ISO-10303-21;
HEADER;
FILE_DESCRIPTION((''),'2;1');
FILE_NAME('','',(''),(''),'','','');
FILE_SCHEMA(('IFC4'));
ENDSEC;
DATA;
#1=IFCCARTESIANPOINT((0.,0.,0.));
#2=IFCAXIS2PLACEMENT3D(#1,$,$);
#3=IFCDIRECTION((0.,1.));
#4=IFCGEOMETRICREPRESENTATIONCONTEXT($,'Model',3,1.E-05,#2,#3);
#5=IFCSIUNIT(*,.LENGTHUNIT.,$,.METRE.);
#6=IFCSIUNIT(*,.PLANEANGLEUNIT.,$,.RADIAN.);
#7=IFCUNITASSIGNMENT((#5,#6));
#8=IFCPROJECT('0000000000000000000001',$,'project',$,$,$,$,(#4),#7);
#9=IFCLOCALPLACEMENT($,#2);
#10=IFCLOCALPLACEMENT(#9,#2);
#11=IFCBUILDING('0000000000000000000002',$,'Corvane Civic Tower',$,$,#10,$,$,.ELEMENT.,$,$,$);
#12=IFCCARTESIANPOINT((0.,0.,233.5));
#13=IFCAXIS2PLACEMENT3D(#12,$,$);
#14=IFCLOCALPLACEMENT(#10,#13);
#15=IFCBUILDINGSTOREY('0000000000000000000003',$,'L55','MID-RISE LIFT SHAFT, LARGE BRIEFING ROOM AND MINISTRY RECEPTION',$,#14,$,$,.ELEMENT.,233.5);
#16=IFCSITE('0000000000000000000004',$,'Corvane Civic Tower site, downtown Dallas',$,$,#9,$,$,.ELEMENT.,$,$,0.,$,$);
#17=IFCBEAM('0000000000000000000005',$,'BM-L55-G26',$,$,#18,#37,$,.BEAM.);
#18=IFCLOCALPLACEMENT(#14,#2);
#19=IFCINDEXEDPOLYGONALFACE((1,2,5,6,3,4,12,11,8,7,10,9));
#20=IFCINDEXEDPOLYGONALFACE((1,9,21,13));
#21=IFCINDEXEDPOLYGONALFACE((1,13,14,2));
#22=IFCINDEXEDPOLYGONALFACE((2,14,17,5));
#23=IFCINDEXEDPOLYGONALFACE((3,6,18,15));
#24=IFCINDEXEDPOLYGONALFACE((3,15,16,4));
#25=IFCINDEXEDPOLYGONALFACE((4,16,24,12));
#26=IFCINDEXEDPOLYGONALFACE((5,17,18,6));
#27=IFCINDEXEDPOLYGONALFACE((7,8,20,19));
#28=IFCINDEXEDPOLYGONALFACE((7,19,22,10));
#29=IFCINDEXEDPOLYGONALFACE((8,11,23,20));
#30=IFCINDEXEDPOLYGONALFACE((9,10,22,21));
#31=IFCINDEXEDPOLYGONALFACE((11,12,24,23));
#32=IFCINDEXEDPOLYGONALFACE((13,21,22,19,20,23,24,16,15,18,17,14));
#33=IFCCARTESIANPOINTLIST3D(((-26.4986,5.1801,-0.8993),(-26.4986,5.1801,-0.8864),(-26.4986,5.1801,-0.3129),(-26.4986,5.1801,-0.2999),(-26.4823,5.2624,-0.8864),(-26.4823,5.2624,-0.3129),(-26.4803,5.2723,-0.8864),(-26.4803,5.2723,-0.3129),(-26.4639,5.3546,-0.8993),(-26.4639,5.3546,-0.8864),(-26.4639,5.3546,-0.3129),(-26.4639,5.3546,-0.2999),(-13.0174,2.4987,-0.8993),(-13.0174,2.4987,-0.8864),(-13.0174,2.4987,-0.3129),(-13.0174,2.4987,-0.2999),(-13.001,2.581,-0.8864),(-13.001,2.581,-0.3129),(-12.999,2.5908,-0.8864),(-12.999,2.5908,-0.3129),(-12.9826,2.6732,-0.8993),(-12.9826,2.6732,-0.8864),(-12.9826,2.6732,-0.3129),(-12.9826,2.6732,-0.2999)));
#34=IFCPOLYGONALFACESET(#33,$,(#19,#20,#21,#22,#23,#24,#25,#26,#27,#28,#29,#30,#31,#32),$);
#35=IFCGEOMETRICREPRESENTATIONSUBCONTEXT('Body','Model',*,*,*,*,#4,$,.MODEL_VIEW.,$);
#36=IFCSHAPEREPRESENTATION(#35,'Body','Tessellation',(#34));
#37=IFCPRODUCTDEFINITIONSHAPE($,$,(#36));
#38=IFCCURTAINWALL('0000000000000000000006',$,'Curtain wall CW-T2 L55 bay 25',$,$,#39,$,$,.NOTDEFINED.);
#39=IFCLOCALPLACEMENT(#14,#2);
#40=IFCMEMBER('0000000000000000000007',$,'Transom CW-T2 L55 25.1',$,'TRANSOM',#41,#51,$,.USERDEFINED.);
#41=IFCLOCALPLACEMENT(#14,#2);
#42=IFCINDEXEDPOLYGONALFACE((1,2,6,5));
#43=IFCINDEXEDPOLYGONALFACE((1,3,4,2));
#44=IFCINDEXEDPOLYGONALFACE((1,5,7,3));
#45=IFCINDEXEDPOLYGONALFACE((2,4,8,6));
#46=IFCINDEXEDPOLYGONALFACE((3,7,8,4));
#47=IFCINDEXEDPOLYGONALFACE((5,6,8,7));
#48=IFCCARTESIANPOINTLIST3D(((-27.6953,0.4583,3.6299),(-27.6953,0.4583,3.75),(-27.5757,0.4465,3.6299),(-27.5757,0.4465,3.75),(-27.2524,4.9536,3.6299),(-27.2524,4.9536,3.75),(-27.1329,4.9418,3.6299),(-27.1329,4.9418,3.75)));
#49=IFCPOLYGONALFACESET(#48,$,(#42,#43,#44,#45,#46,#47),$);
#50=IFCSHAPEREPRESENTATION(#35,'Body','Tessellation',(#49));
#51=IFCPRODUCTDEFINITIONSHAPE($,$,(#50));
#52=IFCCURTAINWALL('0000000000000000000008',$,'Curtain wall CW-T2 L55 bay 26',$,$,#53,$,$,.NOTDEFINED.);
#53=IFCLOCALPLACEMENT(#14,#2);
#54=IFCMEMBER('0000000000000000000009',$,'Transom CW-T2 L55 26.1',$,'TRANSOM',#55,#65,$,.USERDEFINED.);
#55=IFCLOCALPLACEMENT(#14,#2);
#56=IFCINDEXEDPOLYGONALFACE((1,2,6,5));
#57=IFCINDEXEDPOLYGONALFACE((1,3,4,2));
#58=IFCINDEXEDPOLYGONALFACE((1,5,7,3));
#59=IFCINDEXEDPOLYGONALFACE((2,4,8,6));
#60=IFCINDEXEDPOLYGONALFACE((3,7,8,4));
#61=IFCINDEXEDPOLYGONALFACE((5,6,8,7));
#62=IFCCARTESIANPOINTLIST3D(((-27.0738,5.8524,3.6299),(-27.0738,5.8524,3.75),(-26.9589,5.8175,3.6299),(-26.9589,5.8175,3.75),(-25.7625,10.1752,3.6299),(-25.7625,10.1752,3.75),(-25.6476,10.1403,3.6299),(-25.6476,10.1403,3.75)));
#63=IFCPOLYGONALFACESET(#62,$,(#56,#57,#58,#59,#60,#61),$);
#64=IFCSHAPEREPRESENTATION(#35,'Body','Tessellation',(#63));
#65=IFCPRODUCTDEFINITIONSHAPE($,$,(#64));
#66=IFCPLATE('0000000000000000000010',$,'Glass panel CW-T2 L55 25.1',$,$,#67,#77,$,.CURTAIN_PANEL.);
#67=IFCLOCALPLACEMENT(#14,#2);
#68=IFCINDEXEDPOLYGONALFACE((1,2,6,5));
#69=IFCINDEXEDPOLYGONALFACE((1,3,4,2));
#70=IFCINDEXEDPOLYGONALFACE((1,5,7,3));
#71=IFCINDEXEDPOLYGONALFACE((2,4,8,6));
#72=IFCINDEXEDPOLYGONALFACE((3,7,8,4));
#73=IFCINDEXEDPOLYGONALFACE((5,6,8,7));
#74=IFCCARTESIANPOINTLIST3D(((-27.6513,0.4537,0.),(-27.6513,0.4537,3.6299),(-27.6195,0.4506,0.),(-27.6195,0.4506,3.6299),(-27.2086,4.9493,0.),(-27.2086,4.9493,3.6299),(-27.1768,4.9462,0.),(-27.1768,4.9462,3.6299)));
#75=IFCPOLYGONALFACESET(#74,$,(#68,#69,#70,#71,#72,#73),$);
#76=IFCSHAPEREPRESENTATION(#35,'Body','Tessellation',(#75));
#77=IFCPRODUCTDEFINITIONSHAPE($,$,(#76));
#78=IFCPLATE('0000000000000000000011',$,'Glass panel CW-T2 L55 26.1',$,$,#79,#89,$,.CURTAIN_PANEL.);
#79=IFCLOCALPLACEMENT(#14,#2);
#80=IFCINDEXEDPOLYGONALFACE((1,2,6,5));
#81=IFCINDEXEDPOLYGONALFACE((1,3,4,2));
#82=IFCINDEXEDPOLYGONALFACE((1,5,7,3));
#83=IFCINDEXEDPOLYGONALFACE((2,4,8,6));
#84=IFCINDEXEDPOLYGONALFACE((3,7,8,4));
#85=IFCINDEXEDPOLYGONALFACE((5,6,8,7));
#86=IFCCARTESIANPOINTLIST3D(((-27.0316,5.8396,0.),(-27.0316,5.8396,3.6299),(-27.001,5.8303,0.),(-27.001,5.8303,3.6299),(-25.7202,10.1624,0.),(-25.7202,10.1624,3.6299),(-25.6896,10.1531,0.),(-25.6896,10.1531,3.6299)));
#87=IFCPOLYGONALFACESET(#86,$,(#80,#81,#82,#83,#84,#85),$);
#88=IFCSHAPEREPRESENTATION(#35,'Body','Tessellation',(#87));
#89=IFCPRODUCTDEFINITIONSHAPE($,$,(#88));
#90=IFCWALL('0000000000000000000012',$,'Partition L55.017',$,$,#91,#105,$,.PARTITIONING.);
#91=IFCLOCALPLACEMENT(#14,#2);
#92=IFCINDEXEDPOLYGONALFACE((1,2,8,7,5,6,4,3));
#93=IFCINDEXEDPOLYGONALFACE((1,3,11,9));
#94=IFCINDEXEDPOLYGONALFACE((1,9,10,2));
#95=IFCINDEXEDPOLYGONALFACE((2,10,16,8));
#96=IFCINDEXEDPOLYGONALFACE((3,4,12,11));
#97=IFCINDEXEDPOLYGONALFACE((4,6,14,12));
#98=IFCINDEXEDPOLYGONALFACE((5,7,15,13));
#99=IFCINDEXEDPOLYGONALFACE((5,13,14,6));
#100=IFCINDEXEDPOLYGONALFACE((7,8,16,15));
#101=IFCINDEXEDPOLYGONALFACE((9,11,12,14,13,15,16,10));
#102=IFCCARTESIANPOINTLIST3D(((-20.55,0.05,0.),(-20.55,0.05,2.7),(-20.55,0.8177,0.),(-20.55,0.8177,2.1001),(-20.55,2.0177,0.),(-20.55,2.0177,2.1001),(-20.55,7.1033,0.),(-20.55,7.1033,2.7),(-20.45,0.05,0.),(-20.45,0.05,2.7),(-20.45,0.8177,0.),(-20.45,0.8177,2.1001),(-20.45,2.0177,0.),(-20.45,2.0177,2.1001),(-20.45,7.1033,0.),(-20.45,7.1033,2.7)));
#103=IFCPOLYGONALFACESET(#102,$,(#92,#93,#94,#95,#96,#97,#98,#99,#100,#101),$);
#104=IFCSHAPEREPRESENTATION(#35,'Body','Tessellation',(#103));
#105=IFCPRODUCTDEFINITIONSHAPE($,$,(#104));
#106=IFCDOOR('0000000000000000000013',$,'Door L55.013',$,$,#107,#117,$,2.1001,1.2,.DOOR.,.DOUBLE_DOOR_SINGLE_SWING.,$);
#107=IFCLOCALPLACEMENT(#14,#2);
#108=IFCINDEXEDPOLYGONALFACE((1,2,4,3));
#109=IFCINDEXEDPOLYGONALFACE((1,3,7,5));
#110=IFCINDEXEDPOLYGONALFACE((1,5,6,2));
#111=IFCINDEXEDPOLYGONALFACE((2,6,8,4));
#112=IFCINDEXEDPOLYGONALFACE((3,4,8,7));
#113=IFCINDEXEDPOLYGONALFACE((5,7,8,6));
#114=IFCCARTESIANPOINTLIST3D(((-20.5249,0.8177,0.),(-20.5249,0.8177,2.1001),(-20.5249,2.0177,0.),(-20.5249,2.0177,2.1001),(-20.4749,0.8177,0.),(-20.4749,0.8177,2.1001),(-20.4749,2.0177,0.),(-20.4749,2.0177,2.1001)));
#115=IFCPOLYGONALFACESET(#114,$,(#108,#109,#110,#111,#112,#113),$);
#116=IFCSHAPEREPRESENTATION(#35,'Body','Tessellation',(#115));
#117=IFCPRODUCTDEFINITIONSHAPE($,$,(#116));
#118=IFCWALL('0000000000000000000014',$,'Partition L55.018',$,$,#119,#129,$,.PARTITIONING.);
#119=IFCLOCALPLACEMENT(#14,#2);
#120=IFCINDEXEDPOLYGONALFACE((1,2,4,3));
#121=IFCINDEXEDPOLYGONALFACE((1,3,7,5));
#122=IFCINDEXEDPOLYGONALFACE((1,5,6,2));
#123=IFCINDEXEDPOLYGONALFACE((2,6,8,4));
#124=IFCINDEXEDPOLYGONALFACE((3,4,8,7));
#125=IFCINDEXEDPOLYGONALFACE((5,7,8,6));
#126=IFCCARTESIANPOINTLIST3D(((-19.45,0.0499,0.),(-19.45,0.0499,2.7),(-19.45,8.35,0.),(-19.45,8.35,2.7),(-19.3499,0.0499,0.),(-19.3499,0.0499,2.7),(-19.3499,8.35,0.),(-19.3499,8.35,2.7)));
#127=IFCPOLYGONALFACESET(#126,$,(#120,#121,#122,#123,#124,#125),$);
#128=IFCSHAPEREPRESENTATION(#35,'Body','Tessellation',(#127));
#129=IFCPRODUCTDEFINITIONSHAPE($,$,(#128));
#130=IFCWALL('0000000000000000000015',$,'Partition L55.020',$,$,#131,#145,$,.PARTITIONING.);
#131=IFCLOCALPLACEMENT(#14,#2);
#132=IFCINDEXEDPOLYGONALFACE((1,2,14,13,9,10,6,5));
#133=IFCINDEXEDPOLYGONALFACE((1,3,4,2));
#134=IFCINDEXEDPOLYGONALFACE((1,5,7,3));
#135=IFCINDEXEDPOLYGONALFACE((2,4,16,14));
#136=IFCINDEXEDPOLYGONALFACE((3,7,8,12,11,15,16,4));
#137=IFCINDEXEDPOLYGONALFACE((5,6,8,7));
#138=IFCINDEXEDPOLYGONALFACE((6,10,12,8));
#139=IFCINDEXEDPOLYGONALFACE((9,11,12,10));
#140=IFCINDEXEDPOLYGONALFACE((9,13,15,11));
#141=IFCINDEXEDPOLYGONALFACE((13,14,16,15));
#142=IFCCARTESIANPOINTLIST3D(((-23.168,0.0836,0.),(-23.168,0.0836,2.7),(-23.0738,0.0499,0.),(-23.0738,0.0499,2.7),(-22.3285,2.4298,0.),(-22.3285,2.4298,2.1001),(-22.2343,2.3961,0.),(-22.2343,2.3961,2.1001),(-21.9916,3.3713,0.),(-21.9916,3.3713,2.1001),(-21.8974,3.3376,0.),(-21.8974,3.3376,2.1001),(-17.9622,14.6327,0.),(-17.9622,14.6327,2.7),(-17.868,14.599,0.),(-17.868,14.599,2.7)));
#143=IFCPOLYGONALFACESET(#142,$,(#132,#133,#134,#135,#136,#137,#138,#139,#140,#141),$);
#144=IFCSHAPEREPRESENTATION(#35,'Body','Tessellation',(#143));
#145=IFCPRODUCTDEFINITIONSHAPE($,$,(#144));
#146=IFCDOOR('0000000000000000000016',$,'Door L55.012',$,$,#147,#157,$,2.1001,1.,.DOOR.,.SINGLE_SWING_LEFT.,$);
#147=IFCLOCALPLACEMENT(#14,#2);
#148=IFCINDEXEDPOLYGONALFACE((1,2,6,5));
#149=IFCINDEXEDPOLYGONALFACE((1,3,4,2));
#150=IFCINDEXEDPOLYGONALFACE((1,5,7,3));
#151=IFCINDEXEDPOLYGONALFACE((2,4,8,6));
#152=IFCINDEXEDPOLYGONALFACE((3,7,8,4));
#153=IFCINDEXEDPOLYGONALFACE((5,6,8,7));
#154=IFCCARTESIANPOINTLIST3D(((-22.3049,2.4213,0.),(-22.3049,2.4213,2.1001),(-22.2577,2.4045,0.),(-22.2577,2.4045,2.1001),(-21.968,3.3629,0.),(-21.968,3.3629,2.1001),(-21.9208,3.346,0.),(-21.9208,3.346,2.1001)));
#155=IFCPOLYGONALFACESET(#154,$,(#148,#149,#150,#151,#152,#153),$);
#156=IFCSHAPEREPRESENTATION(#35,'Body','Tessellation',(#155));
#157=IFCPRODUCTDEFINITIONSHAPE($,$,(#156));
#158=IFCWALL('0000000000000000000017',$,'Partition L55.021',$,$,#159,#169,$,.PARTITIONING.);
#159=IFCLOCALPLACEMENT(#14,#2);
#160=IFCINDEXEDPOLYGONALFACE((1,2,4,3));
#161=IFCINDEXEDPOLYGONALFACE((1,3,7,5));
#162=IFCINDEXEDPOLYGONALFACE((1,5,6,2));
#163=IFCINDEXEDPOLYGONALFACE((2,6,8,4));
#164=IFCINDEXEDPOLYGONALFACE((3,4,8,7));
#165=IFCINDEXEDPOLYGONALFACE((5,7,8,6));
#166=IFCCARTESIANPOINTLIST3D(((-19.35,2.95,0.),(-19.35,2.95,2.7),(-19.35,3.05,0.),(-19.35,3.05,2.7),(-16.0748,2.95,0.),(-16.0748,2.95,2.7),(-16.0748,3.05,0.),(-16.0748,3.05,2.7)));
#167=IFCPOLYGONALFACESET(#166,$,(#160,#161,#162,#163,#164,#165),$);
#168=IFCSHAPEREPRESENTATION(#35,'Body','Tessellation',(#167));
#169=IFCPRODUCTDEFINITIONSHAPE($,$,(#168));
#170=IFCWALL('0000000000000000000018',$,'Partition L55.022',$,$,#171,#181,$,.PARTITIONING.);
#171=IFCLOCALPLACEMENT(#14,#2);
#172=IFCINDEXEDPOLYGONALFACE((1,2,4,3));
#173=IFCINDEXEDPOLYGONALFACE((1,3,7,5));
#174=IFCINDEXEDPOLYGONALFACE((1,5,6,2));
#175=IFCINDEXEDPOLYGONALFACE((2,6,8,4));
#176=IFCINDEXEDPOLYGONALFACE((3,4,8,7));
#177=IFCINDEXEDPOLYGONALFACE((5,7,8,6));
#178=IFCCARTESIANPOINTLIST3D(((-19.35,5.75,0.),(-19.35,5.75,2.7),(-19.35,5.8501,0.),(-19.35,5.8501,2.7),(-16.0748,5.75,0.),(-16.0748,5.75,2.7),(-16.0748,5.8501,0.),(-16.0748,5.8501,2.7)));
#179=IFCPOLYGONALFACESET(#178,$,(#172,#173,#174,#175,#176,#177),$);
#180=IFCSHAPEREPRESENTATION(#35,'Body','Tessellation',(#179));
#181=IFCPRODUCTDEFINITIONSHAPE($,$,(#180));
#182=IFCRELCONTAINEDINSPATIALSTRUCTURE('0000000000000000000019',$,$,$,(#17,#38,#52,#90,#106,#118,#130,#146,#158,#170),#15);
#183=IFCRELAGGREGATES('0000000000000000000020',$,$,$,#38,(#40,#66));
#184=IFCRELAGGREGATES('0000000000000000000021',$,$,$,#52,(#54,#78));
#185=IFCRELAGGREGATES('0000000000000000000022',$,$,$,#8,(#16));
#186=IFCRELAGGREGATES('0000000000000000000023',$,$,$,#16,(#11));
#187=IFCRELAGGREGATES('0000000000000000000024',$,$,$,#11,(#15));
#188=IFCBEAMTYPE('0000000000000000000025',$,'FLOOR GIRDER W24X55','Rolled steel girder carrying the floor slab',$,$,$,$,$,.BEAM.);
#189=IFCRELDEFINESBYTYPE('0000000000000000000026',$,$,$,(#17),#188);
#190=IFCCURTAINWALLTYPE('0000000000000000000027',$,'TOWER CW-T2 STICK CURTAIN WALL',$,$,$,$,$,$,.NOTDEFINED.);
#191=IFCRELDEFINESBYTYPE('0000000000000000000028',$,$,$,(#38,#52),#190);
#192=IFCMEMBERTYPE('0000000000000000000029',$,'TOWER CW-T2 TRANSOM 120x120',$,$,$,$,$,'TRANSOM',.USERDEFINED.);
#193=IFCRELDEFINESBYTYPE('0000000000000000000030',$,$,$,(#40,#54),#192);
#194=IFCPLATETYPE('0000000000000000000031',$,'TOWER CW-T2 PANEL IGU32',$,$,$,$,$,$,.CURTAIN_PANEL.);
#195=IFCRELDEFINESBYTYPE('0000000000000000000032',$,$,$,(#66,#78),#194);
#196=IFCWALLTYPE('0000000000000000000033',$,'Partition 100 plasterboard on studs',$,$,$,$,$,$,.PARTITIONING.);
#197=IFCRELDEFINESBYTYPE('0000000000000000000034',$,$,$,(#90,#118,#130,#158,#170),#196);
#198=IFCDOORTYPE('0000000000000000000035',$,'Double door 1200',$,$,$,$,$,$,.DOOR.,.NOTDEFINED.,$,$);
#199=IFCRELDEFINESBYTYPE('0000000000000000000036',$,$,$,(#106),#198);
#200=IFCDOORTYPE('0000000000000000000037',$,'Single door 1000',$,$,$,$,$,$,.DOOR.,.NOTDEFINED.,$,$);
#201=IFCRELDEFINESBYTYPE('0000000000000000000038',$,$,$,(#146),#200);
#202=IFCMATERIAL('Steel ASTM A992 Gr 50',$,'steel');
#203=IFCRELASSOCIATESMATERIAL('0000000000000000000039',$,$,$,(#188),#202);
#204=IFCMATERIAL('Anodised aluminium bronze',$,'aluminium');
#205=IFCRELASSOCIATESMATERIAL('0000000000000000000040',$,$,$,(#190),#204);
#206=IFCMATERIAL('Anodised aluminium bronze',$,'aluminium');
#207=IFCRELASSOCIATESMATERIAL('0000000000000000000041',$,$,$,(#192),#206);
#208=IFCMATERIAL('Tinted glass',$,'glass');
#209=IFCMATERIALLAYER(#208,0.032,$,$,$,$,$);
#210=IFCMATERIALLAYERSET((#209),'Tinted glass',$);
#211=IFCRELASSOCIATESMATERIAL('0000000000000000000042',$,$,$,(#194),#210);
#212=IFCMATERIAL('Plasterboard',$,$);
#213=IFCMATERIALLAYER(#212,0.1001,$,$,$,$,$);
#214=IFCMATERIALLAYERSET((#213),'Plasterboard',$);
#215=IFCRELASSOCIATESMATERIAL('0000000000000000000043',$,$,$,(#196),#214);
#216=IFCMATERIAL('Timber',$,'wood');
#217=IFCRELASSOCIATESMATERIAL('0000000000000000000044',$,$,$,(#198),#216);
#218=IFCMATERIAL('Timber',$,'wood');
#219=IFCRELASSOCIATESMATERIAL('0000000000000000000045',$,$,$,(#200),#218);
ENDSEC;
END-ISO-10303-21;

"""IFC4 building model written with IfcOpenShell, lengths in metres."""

from ifc_helpers import new_model, si_unit, direction, frame, frame_2d, origin, origin_2d, place, context, subcontext, project, spatial, rectangle, i_section, extrude, material, layer, layer_set, material_profile, profile_set, type_object, element, fill, aggregate, save


model = new_model("IFC4")

# Units and contexts
model_context = context("Model", 3, precision=1e-05, world=origin(), true_north=direction((0.0, 1.0)))
body_context = subcontext(model_context, "Body", "Model", "MODEL_VIEW")
ifc_project = project(units=[si_unit("LENGTHUNIT", "METRE"), si_unit("PLANEANGLEUNIT", "RADIAN")], contexts=[model_context])

# Site, building, storey
site_placement = place(None, origin())
site = spatial("IfcSite", under=ifc_project, at=site_placement, Name="Corvane Civic Tower site, downtown Dallas", CompositionType="ELEMENT", RefElevation=0.0)
building_placement = place(site_placement, origin())
building = spatial("IfcBuilding", under=site, at=building_placement, Name="Corvane Civic Tower", CompositionType="ELEMENT")
storey_placement = place(building_placement, frame((0.0, 0.0, 233.5)))
storey = spatial("IfcBuildingStorey", under=building, at=storey_placement, Name="L55", Description="MID-RISE LIFT SHAFT, LARGE BRIEFING ROOM AND MINISTRY RECEPTION", CompositionType="ELEMENT", Elevation=233.5)

# Beam
ifc_material_1 = material(Name="Steel ASTM A992 Gr 50", Category="steel")
ifc_material_profile_1 = material_profile(ifc_material_1, i_section(OverallWidth=0.178, OverallDepth=0.5994, WebThickness=0.01, FlangeThickness=0.0129, at=origin_2d()), Name="W24X55")
ifc_profile_set_1 = profile_set([ifc_material_profile_1], Name="Steel ASTM A992 Gr 50")
beam_type_1 = type_object("IfcBeamType", Name="FLOOR GIRDER W24X55", Description="Rolled steel girder carrying the floor slab", PredefinedType="BEAM", material=ifc_profile_set_1)
beam_1_placement = place(storey_placement, frame((-13.0, 2.5859, -0.5996), z_axis=(-0.980788, 0.195078, 0.0), x_axis=(-0.195078, -0.980788, 0.0)))
element("IfcBeam", 1, at=beam_1_placement, inside=storey, type_object=beam_type_1, Name="BM-L55-G26", PredefinedType="BEAM", context=body_context, shape_type="SweptSolid", body=[
    extrude(i_section(OverallWidth=0.178, OverallDepth=0.5994, WebThickness=0.01, FlangeThickness=0.0129, at=origin_2d()), origin(), (0.0, 0.0, 1.0), 13.7454),
])

# Curtain walls, members
ifc_material_2 = material(Name="Anodised aluminium bronze", Category="aluminium")
curtain_wall_type = type_object("IfcCurtainWallType", Name="TOWER CW-T2 STICK CURTAIN WALL", PredefinedType="NOTDEFINED", material=ifc_material_2)
curtain_wall_1_placement = place(storey_placement, origin())
curtain_wall_1 = element("IfcCurtainWall", 2, at=curtain_wall_1_placement, inside=storey, type_object=curtain_wall_type, Name="Curtain wall CW-T2 L55 bay 25", PredefinedType="NOTDEFINED")
ifc_material_3 = material(Name="Anodised aluminium bronze", Category="aluminium")
ifc_material_profile_2 = material_profile(ifc_material_3, rectangle(XDim=0.1201, YDim=0.1201, at=origin_2d()), Name="TOWER CW-T2 TRANSOM 120x120")
ifc_profile_set_2 = profile_set([ifc_material_profile_2], Name="Anodised aluminium bronze")
member_type = type_object("IfcMemberType", Name="TOWER CW-T2 TRANSOM 120x120", ElementType="TRANSOM", PredefinedType="USERDEFINED", material=ifc_profile_set_2)
member_1_placement = place(storey_placement, frame((-27.6355, 0.4524, 3.6899), z_axis=(0.098043, 0.995182, 0.0), x_axis=(-0.995182, 0.098043, 0.0)))
member_1 = element("IfcMember", 3, at=member_1_placement, type_object=member_type, Name="Transom CW-T2 L55 25.1", ObjectType="TRANSOM", PredefinedType="USERDEFINED", context=body_context, shape_type="SweptSolid", body=[
    extrude(rectangle(XDim=0.1201, YDim=0.1201, at=origin_2d()), origin(), (0.0, 0.0, 1.0), 4.5171),
])
curtain_wall_2_placement = place(storey_placement, origin())
curtain_wall_2 = element("IfcCurtainWall", 4, at=curtain_wall_2_placement, inside=storey, type_object=curtain_wall_type, Name="Curtain wall CW-T2 L55 bay 26", PredefinedType="NOTDEFINED")
member_2_placement = place(storey_placement, frame((-27.0164, 5.835, 3.6899), z_axis=(0.290282, 0.956941, 0.0), x_axis=(-0.956941, 0.290282, 0.0)))
member_2 = element("IfcMember", 5, at=member_2_placement, type_object=member_type, Name="Transom CW-T2 L55 26.1", ObjectType="TRANSOM", PredefinedType="USERDEFINED", context=body_context, shape_type="SweptSolid", body=[
    extrude(rectangle(XDim=0.1201, YDim=0.1201, at=origin_2d()), origin(), (0.0, 0.0, 1.0), 4.5173),
])

# Plates
ifc_material_4 = material(Name="Tinted glass", Category="glass")
ifc_layer_1 = layer(ifc_material_4, 0.032)
ifc_layer_set_1 = layer_set([ifc_layer_1], Name="Tinted glass")
plate_type = type_object("IfcPlateType", Name="TOWER CW-T2 PANEL IGU32", PredefinedType="CURTAIN_PANEL", material=ifc_layer_set_1)
plate_1_placement = place(storey_placement, frame((-27.4141, 2.7, 0.0), z_axis=(0.0, 0.0, 1.0), x_axis=(0.097993, 0.995187, 0.0)))
plate_1 = element("IfcPlate", 6, at=plate_1_placement, type_object=plate_type, Name="Glass panel CW-T2 L55 25.1", PredefinedType="CURTAIN_PANEL", context=body_context, shape_type="SweptSolid", body=[
    extrude(rectangle(XDim=4.5173, YDim=0.032, at=origin_2d()), origin(), (0.0, 0.0, 1.0), 3.6299),
])
aggregate(curtain_wall_1, [member_1, plate_1])
plate_2_placement = place(storey_placement, frame((-26.3606, 7.9963, 0.0), z_axis=(0.0, 0.0, 1.0), x_axis=(0.29029, 0.956939, 0.0)))
plate_2 = element("IfcPlate", 7, at=plate_2_placement, type_object=plate_type, Name="Glass panel CW-T2 L55 26.1", PredefinedType="CURTAIN_PANEL", context=body_context, shape_type="SweptSolid", body=[
    extrude(rectangle(XDim=4.5173, YDim=0.032, at=origin_2d()), origin(), (0.0, 0.0, 1.0), 3.6299),
])
aggregate(curtain_wall_2, [member_2, plate_2])

# Wall, opening, door
ifc_material_5 = material(Name="Plasterboard")
ifc_layer_2 = layer(ifc_material_5, 0.1001)
ifc_layer_set_2 = layer_set([ifc_layer_2], Name="Plasterboard")
wall_type = type_object("IfcWallType", Name="Partition 100 plasterboard on studs", PredefinedType="PARTITIONING", material=ifc_layer_set_2)
wall_1_placement = place(storey_placement, frame((-20.5, 0.05, 0.0), z_axis=(0.0, 0.0, 1.0), x_axis=(0.0, 1.0, 0.0)))
wall_1 = element("IfcWall", 8, at=wall_1_placement, inside=storey, type_object=wall_type, Name="Partition L55.017", PredefinedType="PARTITIONING", context=body_context, shape_type="SweptSolid", body=[
    extrude(rectangle(XDim=7.0532, YDim=0.1001, at=frame_2d((3.5266, 0.0))), origin(), (0.0, 0.0, 1.0), 2.7),
])
opening_1_placement = place(wall_1_placement, frame((0.7676, 0.0, 0.0)))
opening_1 = element("IfcOpeningElement", 9, at=opening_1_placement, cuts=wall_1, PredefinedType="OPENING", context=body_context, shape_type="SweptSolid", body=[
    extrude(rectangle(XDim=1.2, YDim=2.1001, at=frame_2d((0.6001, 1.05))), frame((0.0, 0.0601, 0.0), z_axis=(0.0, -1.0, 0.0), x_axis=(1.0, 0.0, 0.0)), (0.0, 0.0, 1.0), 0.1201),
])
ifc_material_6 = material(Name="Timber", Category="wood")
door_type_1 = type_object("IfcDoorType", Name="Double door 1200", OperationType="NOTDEFINED", PredefinedType="DOOR", material=ifc_material_6)
door_1_placement = place(opening_1_placement, origin())
door_1 = element("IfcDoor", 10, at=door_1_placement, inside=storey, type_object=door_type_1, Name="Door L55.013", OperationType="DOUBLE_DOOR_SINGLE_SWING", OverallHeight=2.1001, OverallWidth=1.2, PredefinedType="DOOR", context=body_context, shape_type="SweptSolid", body=[
    extrude(rectangle(XDim=1.2, YDim=2.1001, at=frame_2d((0.6001, 1.05))), frame((0.0, 0.0249, 0.0), z_axis=(0.0, -1.0, 0.0), x_axis=(1.0, 0.0, 0.0)), (0.0, 0.0, 1.0), 0.05),
])
fill(opening_1, door_1)

# Wall
wall_2_placement = place(storey_placement, frame((-19.3999, 0.05, 0.0), z_axis=(0.0, 0.0, 1.0), x_axis=(0.0, 1.0, 0.0)))
element("IfcWall", 11, at=wall_2_placement, inside=storey, type_object=wall_type, Name="Partition L55.018", PredefinedType="PARTITIONING", context=body_context, shape_type="SweptSolid", body=[
    extrude(rectangle(XDim=8.3, YDim=0.1001, at=frame_2d((4.1499, 0.0))), origin(), (0.0, 0.0, 1.0), 2.7),
])

# Wall, opening, door
wall_3_placement = place(storey_placement, frame((-23.1208, 0.0669, 0.0), z_axis=(0.0, 0.0, 1.0), x_axis=(0.336894, 0.941543, 0.0)))
wall_3 = element("IfcWall", 12, at=wall_3_placement, inside=storey, type_object=wall_type, Name="Partition L55.020", PredefinedType="PARTITIONING", context=body_context, shape_type="SweptSolid", body=[
    extrude(rectangle(XDim=15.4524, YDim=0.1001, at=frame_2d((7.7261, 0.0))), origin(), (0.0, 0.0, 1.0), 2.7),
])
opening_2_placement = place(wall_3_placement, frame((2.4917, 0.0, 0.0)))
opening_2 = element("IfcOpeningElement", 13, at=opening_2_placement, cuts=wall_3, PredefinedType="OPENING", context=body_context, shape_type="SweptSolid", body=[
    extrude(rectangle(XDim=1.0, YDim=2.1001, at=frame_2d((0.5, 1.05))), frame((0.0, 0.0601, 0.0), z_axis=(0.0, -1.0, 0.0), x_axis=(1.0, 0.0, 0.0)), (0.0, 0.0, 1.0), 0.1201),
])
ifc_material_7 = material(Name="Timber", Category="wood")
door_type_2 = type_object("IfcDoorType", Name="Single door 1000", OperationType="NOTDEFINED", PredefinedType="DOOR", material=ifc_material_7)
door_2_placement = place(opening_2_placement, origin())
door_2 = element("IfcDoor", 14, at=door_2_placement, inside=storey, type_object=door_type_2, Name="Door L55.012", OperationType="SINGLE_SWING_LEFT", OverallHeight=2.1001, OverallWidth=1.0, PredefinedType="DOOR", context=body_context, shape_type="SweptSolid", body=[
    extrude(rectangle(XDim=1.0, YDim=2.1001, at=frame_2d((0.5, 1.05))), frame((0.0, 0.0249, 0.0), z_axis=(0.0, -1.0, 0.0), x_axis=(1.0, 0.0, 0.0)), (0.0, 0.0, 1.0), 0.05),
])
fill(opening_2, door_2)

# Walls
for number, where, z_axis, x_axis, name in (
    (15, (-19.3501, 3.0, 0.0), (0.0, 0.0, 1.0), (1.0, 0.0, 0.0), "Partition L55.021"),
    (16, (-19.3501, 5.8, 0.0), (0.0, 0.0, 1.0), (1.0, 0.0, 0.0), "Partition L55.022"),
):
    element("IfcWall", number, at=place(storey_placement, frame(where, z_axis=z_axis, x_axis=x_axis)), inside=storey, type_object=wall_type, Name=name, PredefinedType="PARTITIONING", context=body_context, shape_type="SweptSolid", body=[
        extrude(rectangle(XDim=3.2751, YDim=0.1001, at=frame_2d((1.6377, 0.0))), origin(), (0.0, 0.0, 1.0), 2.7),
    ])

save(model, "model.ifc")
